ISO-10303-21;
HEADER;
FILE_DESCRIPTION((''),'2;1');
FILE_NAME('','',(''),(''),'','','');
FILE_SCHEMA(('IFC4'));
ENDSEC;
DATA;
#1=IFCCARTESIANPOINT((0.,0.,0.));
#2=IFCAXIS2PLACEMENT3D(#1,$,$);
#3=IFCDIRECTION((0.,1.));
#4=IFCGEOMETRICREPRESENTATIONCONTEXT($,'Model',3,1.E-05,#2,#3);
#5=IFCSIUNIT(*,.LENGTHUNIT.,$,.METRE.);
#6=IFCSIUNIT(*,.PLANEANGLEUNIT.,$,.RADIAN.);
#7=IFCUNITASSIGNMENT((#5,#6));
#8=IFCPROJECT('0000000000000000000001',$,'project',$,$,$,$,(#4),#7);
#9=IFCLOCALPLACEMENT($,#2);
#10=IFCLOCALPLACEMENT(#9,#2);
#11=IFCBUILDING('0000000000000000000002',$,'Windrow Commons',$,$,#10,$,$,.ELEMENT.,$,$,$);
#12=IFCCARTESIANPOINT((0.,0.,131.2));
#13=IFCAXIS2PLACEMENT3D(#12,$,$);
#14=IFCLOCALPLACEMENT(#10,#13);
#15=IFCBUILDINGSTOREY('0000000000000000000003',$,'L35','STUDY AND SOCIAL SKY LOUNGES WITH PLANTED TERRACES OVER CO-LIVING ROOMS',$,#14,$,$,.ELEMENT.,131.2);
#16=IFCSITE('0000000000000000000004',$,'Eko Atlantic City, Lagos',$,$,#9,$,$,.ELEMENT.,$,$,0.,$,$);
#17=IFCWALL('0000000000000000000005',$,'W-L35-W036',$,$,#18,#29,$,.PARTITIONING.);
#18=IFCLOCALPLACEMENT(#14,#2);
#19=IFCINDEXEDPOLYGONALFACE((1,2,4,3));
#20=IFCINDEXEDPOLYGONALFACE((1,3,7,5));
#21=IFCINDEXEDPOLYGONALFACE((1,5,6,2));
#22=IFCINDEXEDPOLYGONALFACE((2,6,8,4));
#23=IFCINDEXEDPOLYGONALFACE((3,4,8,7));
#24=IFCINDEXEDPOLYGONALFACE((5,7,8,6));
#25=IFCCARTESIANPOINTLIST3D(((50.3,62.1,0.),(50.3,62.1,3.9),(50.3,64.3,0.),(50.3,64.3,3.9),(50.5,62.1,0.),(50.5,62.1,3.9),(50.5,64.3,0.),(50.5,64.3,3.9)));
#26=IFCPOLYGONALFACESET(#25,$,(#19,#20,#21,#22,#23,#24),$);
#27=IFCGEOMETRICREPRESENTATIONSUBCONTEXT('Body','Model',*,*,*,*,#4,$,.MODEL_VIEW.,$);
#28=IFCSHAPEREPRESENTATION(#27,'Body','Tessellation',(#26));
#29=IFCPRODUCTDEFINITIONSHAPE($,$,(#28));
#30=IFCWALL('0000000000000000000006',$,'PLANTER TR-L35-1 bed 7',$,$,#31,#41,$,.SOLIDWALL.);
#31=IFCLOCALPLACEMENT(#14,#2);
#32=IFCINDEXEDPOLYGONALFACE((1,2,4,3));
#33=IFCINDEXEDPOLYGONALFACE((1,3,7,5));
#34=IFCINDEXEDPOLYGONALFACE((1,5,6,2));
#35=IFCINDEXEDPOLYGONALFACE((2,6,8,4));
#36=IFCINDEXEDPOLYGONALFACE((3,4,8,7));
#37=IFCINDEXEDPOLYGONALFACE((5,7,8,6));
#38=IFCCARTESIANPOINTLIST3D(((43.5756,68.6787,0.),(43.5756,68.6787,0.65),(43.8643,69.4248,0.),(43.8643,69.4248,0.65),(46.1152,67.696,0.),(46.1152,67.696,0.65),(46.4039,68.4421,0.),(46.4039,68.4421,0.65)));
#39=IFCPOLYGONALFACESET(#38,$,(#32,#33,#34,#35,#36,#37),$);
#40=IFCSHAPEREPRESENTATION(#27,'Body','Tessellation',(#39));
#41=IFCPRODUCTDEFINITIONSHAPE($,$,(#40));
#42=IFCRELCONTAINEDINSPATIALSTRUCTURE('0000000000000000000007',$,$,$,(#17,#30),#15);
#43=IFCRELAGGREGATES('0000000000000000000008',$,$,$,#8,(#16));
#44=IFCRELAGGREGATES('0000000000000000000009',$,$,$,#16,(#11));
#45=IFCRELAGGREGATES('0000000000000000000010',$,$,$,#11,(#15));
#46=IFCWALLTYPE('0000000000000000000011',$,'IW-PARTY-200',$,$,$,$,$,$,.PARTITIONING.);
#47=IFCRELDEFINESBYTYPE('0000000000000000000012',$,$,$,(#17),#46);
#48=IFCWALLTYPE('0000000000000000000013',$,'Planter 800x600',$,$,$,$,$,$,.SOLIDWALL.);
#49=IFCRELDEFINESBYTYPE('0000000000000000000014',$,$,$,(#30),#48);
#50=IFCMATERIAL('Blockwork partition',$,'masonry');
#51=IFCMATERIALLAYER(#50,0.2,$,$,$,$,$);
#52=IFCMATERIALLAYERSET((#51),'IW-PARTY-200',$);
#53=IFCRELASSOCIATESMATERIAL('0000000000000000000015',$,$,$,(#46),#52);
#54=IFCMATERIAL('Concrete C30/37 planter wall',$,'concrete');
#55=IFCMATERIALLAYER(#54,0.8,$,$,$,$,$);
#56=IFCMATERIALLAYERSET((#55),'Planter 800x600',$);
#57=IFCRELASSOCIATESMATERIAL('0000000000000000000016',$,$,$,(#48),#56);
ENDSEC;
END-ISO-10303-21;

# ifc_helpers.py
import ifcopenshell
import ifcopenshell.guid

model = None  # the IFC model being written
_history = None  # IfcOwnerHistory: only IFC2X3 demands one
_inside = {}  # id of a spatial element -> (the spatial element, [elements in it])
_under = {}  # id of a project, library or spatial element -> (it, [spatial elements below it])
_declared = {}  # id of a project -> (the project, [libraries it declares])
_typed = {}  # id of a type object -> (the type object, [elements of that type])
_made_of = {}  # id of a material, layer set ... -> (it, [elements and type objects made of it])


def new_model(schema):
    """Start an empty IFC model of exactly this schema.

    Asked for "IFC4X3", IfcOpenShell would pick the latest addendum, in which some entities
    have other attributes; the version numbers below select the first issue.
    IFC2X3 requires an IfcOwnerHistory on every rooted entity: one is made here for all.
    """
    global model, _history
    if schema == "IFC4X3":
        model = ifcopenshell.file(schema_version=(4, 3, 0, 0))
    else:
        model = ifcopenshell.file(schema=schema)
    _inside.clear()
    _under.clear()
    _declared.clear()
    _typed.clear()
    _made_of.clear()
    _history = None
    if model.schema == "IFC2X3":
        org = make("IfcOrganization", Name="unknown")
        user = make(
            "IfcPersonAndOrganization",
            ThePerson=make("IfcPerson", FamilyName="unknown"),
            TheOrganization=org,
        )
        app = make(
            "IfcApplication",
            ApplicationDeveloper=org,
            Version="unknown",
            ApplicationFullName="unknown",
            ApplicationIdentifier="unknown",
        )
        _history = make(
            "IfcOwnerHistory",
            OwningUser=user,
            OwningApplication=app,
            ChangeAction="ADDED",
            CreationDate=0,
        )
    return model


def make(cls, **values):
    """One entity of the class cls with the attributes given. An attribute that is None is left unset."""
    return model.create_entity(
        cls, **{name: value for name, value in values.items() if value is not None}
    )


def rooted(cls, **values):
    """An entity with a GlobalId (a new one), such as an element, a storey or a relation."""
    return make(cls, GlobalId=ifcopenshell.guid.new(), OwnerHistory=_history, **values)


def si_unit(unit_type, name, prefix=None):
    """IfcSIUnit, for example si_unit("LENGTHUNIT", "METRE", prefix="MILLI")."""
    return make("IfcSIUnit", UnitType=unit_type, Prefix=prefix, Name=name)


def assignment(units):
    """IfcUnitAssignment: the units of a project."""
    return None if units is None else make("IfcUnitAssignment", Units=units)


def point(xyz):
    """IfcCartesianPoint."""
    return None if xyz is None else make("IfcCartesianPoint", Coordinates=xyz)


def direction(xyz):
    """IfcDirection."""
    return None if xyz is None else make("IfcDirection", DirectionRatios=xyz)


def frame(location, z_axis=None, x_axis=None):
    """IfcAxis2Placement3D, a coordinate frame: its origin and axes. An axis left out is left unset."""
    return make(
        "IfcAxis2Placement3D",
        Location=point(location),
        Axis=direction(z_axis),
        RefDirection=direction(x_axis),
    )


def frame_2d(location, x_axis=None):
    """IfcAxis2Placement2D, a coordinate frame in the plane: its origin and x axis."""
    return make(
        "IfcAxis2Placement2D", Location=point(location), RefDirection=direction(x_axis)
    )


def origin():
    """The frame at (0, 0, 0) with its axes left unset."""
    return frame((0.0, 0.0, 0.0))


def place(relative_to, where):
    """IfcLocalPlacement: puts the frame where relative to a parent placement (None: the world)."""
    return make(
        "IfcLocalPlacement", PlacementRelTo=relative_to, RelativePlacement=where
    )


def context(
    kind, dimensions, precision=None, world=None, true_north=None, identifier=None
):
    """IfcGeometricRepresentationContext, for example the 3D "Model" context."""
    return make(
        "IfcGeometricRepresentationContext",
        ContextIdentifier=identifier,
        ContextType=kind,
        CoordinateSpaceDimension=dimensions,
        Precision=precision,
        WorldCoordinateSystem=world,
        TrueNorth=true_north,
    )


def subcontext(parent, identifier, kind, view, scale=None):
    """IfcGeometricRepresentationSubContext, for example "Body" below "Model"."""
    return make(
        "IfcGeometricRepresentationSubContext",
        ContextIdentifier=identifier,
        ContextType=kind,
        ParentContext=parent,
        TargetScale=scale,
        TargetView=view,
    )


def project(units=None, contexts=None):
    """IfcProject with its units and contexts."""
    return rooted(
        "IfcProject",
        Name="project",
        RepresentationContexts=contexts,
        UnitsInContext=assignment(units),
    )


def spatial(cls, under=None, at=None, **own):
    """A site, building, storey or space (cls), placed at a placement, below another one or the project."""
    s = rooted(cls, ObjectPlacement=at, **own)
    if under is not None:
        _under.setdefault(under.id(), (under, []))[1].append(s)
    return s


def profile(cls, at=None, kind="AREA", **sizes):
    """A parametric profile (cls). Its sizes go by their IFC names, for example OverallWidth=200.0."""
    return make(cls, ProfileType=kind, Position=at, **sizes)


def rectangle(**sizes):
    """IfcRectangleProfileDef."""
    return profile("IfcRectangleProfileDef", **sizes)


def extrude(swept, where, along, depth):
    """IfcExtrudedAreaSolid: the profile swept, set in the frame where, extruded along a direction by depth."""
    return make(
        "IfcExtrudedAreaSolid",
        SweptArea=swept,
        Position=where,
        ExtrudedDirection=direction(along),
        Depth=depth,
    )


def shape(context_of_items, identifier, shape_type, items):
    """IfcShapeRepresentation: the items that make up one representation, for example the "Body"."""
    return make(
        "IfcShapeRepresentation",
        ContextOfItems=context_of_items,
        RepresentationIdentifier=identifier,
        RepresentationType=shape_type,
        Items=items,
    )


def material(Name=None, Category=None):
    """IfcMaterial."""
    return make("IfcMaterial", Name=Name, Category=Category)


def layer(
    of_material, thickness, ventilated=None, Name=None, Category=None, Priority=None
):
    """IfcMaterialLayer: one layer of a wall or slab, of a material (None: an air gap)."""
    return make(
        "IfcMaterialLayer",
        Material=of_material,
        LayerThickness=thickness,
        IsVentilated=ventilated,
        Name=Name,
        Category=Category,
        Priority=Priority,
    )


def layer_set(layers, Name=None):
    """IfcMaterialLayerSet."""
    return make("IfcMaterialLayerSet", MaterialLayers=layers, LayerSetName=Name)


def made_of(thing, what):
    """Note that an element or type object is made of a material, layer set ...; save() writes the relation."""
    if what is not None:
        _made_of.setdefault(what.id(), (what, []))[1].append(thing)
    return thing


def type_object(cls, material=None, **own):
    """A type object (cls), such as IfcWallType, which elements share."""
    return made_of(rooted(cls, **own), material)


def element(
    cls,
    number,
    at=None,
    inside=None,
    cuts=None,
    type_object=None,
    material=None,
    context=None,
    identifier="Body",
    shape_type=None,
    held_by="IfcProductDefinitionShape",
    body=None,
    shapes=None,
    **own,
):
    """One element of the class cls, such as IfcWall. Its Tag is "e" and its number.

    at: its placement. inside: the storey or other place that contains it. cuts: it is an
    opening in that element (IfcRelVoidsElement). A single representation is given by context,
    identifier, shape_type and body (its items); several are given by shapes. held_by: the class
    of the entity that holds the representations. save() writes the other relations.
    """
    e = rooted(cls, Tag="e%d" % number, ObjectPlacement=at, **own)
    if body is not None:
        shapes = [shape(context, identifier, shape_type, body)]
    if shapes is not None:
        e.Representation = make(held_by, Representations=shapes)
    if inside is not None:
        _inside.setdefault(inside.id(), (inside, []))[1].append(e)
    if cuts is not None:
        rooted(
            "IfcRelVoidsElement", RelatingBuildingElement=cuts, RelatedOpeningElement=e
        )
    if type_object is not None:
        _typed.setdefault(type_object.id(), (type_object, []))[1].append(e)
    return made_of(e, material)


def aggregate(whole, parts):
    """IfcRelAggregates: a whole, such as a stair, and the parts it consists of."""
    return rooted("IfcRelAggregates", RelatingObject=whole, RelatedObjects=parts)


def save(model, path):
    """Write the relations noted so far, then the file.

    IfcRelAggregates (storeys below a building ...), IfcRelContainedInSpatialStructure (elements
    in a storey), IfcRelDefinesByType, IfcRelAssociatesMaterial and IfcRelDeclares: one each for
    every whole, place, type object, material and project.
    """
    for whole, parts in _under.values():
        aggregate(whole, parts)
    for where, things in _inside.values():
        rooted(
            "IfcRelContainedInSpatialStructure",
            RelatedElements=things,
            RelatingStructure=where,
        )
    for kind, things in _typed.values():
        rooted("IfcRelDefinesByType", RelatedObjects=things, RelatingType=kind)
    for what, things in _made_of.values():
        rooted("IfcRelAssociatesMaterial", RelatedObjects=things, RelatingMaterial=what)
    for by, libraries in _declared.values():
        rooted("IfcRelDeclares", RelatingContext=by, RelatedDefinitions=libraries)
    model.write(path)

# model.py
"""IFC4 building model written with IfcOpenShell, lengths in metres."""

from ifc_helpers import new_model, si_unit, direction, frame, frame_2d, origin, place, context, subcontext, project, spatial, rectangle, extrude, material, layer, layer_set, type_object, element, save


model = new_model("IFC4")

# Units and contexts
model_context = context("Model", 3, precision=1e-05, world=origin(), true_north=direction((0.0, 1.0)))
body_context = subcontext(model_context, "Body", "Model", "MODEL_VIEW")
ifc_project = project(units=[si_unit("LENGTHUNIT", "METRE"), si_unit("PLANEANGLEUNIT", "RADIAN")], contexts=[model_context])

# Site, building, storey
site_placement = place(None, origin())
site = spatial("IfcSite", under=ifc_project, at=site_placement, Name="Eko Atlantic City, Lagos", CompositionType="ELEMENT", RefElevation=0.0)
building_placement = place(site_placement, origin())
building = spatial("IfcBuilding", under=site, at=building_placement, Name="Windrow Commons", CompositionType="ELEMENT")
storey_placement = place(building_placement, frame((0.0, 0.0, 131.2)))
storey = spatial("IfcBuildingStorey", under=building, at=storey_placement, Name="L35", Description="STUDY AND SOCIAL SKY LOUNGES WITH PLANTED TERRACES OVER CO-LIVING ROOMS", CompositionType="ELEMENT", Elevation=131.2)

# Walls
ifc_material_1 = material(Name="Blockwork partition", Category="masonry")
ifc_layer_1 = layer(ifc_material_1, 0.2)
ifc_layer_set_1 = layer_set([ifc_layer_1], Name="IW-PARTY-200")
wall_type_1 = type_object("IfcWallType", Name="IW-PARTY-200", PredefinedType="PARTITIONING", material=ifc_layer_set_1)
for number, where, z_axis, x_axis, name in (
    (1, (50.4, 62.1, 0.0), (0.0, 0.0, 1.0), (0.0, 1.0, 0.0), "W-L35-W036"),
):
    element("IfcWall", number, at=place(storey_placement, frame(where, z_axis=z_axis, x_axis=x_axis)), inside=storey, type_object=wall_type_1, Name=name, PredefinedType="PARTITIONING", context=body_context, shape_type="SweptSolid", body=[
        extrude(rectangle(XDim=2.2, YDim=0.2, at=frame_2d((1.1, 0.0))), origin(), (0.0, 0.0, 1.0), 3.9),
    ])
ifc_material_2 = material(Name="Concrete C30/37 planter wall", Category="concrete")
ifc_layer_2 = layer(ifc_material_2, 0.8)
ifc_layer_set_2 = layer_set([ifc_layer_2], Name="Planter 800x600")
wall_type_2 = type_object("IfcWallType", Name="Planter 800x600", PredefinedType="SOLIDWALL", material=ifc_layer_set_2)
wall_1_placement = place(storey_placement, frame((46.2596, 68.069, 0.0), z_axis=(0.0, 0.0, 1.0), x_axis=(-0.932614, 0.360876, 0.0)))
element("IfcWall", 2, at=wall_1_placement, inside=storey, type_object=wall_type_2, Name="PLANTER TR-L35-1 bed 7", PredefinedType="SOLIDWALL", context=body_context, shape_type="SweptSolid", body=[
    extrude(rectangle(XDim=2.7231, YDim=0.8, at=frame_2d((1.3616, 0.0))), origin(), (0.0, 0.0, 1.0), 0.65),
])

save(model, "model.ifc")
